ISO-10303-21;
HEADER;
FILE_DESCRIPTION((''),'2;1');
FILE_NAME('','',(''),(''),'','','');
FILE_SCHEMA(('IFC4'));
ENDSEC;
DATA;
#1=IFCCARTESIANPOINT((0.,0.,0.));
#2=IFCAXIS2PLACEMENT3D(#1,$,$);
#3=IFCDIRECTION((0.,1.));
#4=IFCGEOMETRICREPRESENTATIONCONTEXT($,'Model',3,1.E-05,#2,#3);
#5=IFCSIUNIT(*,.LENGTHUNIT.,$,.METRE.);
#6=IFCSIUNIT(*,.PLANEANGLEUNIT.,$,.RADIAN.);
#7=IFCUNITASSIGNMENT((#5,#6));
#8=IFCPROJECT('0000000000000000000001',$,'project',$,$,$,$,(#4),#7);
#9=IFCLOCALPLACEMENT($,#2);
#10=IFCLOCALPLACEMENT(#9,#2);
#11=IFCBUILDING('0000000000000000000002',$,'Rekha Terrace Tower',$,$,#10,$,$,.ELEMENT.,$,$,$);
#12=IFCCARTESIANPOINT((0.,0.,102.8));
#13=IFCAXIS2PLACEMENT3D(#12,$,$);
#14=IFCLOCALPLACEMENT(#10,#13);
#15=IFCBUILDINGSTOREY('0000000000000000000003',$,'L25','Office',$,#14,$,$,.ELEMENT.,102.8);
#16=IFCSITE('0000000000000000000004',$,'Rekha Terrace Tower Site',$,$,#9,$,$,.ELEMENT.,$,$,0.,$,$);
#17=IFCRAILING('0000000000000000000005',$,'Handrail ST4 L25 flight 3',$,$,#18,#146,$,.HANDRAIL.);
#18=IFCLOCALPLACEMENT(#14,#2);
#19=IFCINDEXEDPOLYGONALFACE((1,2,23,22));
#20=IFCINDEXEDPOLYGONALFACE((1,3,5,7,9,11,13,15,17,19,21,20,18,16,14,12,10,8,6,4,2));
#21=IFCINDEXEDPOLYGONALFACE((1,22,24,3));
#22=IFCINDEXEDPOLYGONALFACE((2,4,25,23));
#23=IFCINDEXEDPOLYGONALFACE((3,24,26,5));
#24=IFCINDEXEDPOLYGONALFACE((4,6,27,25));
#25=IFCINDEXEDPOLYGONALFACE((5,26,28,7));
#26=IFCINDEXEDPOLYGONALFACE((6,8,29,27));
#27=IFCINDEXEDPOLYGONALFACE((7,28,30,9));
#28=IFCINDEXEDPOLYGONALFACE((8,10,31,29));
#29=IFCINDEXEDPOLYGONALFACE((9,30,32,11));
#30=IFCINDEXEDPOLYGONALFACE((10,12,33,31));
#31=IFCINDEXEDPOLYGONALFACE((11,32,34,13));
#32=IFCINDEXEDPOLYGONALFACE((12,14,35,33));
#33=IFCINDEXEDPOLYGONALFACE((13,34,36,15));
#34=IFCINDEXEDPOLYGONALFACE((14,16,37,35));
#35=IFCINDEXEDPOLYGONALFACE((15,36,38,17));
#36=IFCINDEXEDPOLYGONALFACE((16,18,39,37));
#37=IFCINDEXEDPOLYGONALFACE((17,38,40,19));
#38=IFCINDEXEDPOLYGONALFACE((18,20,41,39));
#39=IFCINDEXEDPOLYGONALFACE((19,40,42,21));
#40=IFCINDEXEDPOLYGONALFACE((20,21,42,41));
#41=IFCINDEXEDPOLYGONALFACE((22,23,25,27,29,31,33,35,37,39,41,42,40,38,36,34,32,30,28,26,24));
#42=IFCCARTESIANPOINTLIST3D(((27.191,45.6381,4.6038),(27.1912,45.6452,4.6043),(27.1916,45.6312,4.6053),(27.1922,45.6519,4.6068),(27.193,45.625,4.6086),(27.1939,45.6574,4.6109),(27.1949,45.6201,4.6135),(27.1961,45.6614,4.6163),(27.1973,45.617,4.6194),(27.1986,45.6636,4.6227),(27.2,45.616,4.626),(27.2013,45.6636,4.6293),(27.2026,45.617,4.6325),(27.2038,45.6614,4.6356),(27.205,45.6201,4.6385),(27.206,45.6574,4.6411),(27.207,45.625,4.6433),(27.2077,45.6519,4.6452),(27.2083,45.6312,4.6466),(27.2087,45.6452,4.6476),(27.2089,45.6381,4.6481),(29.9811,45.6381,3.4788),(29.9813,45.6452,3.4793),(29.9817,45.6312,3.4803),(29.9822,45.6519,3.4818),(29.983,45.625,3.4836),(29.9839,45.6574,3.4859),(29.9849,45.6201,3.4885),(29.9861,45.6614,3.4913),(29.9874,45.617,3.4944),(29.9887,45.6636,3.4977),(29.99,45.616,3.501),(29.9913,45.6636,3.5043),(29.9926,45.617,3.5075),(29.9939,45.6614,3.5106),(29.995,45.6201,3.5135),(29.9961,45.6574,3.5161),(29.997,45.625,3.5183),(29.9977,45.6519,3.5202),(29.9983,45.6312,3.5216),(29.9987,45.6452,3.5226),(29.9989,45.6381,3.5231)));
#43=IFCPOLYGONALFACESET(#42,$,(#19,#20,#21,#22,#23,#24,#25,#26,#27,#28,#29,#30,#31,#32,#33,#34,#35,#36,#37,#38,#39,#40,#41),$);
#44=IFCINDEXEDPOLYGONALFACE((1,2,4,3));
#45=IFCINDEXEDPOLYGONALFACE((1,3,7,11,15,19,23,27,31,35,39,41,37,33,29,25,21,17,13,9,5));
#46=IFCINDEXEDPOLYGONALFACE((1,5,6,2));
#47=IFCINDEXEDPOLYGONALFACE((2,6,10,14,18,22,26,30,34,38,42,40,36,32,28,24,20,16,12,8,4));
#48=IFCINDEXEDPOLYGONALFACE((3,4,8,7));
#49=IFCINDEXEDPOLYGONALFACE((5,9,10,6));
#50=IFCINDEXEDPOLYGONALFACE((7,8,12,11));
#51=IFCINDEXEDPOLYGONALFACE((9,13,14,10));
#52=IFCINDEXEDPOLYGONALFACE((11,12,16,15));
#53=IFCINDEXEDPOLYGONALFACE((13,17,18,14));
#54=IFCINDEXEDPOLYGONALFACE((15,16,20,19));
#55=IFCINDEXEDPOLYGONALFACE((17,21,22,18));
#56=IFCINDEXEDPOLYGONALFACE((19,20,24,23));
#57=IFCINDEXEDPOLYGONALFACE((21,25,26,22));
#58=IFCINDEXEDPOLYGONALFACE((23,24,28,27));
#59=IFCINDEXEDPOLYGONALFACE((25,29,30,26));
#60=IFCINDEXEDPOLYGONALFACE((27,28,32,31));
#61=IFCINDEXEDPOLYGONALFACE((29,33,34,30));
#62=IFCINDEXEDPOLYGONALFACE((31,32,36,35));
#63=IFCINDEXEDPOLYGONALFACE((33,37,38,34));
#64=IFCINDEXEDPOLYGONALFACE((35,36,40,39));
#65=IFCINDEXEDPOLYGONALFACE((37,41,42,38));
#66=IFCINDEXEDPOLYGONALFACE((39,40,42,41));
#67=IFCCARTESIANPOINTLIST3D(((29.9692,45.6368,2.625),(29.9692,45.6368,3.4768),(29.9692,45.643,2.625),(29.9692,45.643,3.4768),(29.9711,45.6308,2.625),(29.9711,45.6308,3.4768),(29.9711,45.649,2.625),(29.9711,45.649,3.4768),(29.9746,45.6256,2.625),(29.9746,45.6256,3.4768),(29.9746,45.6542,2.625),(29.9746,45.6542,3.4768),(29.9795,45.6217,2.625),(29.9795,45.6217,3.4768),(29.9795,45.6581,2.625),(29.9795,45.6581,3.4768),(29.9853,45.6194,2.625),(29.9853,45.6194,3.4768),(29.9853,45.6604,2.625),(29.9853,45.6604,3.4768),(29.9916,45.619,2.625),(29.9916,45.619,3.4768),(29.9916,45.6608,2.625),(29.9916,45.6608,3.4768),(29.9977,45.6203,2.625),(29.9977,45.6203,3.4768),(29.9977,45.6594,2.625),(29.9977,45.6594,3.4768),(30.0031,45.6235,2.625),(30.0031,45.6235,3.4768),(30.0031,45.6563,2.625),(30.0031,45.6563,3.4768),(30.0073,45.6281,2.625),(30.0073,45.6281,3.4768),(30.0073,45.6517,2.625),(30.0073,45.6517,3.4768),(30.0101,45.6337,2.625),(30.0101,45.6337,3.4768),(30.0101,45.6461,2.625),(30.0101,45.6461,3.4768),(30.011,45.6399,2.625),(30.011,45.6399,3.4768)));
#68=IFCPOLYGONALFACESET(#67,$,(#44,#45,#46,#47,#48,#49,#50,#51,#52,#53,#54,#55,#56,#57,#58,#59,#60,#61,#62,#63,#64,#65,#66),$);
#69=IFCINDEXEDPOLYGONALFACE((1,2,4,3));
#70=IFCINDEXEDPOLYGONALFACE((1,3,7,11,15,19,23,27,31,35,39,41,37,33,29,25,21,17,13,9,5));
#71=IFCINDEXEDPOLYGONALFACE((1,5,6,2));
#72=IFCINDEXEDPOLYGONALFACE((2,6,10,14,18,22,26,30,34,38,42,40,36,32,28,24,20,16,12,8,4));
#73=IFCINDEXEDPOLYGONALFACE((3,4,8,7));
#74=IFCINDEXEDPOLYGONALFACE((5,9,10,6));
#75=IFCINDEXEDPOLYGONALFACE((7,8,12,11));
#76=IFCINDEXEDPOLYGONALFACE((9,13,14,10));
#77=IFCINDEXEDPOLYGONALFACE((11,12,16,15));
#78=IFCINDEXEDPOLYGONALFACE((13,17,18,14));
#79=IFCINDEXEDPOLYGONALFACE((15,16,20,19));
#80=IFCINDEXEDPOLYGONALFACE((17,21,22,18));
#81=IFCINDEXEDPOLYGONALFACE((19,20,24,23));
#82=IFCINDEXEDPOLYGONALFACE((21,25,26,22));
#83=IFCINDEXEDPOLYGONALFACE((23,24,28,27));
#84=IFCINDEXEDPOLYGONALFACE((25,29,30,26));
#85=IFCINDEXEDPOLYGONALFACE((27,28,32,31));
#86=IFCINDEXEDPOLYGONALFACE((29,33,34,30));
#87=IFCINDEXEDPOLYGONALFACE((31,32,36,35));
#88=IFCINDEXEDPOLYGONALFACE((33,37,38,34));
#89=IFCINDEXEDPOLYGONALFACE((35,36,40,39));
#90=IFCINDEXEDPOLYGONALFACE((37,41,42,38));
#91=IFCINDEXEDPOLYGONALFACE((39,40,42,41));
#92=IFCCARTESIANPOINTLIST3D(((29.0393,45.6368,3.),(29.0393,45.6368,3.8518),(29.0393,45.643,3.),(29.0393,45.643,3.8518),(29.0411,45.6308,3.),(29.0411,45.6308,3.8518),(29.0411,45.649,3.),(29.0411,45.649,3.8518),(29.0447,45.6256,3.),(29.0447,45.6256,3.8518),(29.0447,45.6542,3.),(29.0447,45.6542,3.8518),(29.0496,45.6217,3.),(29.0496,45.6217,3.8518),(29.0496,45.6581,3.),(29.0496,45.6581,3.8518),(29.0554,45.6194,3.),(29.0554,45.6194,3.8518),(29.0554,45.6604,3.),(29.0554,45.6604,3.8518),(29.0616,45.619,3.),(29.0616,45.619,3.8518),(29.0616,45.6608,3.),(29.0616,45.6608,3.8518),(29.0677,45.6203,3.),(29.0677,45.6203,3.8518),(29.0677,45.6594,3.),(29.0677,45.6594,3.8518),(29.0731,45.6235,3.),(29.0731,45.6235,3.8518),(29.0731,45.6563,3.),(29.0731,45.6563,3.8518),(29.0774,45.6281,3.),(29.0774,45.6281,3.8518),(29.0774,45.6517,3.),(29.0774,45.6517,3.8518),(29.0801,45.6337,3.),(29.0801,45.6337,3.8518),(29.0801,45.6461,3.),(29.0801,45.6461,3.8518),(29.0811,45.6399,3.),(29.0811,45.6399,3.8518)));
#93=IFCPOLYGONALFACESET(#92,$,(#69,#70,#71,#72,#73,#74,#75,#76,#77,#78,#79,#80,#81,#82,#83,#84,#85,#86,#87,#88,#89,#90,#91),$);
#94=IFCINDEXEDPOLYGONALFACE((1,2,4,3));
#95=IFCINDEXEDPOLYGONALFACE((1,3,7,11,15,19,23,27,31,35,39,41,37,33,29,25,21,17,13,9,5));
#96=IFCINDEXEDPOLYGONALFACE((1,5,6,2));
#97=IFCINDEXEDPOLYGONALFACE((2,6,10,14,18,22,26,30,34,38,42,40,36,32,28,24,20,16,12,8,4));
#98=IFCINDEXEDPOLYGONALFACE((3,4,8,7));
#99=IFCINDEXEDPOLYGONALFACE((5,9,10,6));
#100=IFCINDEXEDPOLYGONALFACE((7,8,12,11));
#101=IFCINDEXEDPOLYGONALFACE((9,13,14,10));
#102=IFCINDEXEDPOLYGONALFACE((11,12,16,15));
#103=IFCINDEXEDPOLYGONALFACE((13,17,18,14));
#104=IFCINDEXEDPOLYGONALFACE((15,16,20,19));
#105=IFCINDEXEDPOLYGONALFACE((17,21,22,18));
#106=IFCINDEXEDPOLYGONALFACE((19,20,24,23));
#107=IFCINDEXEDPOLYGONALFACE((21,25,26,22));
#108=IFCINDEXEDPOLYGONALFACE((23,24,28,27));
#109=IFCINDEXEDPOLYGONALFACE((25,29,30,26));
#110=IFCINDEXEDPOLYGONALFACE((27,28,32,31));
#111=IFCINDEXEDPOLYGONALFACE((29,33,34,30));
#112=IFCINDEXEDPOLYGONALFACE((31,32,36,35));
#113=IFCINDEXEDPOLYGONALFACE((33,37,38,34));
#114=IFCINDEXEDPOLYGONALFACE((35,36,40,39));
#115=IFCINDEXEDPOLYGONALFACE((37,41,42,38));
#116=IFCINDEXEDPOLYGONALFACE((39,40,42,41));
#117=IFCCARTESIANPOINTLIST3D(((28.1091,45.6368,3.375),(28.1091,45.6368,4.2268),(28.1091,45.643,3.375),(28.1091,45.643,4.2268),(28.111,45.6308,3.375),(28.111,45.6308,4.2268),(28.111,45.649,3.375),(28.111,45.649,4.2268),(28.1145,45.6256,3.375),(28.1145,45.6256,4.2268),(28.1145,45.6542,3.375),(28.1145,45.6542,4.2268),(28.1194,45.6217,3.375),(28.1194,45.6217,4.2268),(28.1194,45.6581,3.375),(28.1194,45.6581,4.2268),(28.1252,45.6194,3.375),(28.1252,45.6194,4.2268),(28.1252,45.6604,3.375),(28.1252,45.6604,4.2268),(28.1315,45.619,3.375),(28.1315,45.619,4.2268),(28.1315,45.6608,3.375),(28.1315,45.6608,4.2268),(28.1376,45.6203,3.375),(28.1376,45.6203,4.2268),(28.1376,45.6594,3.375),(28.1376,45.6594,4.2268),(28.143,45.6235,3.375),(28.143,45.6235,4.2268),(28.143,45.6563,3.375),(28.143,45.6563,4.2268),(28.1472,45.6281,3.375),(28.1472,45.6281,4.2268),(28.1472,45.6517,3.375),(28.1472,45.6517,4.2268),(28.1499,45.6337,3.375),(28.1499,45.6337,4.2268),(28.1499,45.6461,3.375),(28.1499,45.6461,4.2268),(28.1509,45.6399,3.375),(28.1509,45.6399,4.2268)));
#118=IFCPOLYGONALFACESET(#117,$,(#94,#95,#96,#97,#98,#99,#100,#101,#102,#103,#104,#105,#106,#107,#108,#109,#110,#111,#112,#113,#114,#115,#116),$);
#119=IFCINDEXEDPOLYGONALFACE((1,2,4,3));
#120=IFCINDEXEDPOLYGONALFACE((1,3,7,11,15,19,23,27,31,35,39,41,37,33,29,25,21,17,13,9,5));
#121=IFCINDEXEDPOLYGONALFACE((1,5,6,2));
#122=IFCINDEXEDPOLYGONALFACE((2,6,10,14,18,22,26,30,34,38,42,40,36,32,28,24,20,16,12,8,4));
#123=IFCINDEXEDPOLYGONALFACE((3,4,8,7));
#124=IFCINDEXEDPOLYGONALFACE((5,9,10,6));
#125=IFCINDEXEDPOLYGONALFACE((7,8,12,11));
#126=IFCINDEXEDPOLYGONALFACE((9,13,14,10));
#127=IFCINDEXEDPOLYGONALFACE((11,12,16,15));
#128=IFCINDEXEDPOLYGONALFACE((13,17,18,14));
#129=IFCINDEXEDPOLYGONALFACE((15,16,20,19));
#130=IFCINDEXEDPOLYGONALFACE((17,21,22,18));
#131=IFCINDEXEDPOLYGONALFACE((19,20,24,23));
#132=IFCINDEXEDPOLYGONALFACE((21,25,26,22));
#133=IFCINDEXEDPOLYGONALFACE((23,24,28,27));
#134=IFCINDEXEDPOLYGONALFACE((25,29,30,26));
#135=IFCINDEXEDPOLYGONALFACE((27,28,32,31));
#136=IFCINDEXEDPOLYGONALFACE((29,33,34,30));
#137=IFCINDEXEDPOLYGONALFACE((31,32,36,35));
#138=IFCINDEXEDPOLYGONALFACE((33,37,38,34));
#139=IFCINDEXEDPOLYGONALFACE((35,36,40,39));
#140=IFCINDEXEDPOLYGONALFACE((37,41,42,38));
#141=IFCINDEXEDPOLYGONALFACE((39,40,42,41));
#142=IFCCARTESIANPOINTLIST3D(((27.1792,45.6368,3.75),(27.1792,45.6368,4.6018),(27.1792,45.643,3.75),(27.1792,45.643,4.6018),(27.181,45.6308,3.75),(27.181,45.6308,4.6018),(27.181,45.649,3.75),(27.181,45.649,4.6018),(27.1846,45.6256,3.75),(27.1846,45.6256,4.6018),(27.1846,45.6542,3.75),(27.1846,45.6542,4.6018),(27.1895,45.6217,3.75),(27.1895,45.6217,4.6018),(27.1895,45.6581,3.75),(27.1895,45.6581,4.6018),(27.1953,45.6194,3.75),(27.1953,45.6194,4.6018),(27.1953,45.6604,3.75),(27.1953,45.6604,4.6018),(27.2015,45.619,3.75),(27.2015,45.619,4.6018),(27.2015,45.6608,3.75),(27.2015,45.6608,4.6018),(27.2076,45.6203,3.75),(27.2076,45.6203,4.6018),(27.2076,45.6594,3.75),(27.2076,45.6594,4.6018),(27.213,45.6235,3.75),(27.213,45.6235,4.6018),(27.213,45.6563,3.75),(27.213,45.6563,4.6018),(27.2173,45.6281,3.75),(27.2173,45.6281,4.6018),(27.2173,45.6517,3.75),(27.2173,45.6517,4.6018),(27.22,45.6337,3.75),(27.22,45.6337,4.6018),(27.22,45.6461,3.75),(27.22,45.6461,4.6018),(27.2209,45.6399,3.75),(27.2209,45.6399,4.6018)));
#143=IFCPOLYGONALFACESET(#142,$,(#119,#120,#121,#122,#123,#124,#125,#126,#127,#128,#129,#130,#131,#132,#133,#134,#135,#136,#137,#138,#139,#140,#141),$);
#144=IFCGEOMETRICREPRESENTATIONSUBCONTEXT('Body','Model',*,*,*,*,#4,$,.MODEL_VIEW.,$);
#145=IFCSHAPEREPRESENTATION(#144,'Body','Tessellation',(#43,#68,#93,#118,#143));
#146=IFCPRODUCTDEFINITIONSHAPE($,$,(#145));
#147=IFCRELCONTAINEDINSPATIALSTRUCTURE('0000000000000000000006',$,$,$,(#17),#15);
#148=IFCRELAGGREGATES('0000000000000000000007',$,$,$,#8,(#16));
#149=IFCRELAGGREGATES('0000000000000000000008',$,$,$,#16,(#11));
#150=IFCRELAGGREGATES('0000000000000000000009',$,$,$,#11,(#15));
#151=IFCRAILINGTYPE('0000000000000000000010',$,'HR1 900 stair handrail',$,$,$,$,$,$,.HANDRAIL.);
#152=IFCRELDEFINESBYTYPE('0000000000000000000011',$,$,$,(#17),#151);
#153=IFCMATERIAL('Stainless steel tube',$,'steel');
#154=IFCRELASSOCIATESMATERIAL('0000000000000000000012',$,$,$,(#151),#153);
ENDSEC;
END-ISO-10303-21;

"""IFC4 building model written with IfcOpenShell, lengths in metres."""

from ifc_helpers import new_model, si_unit, direction, frame, origin, origin_2d, place, context, subcontext, project, spatial, circle, extrude, material, type_object, element, save


model = new_model("IFC4")

# Units and contexts
model_context = context("Model", 3, precision=1e-05, world=origin(), true_north=direction((0.0, 1.0)))
body_context = subcontext(model_context, "Body", "Model", "MODEL_VIEW")
ifc_project = project(units=[si_unit("LENGTHUNIT", "METRE"), si_unit("PLANEANGLEUNIT", "RADIAN")], contexts=[model_context])

# Site, building, storey
site_placement = place(None, origin())
site = spatial("IfcSite", under=ifc_project, at=site_placement, Name="Rekha Terrace Tower Site", CompositionType="ELEMENT", RefElevation=0.0)
building_placement = place(site_placement, origin())
building = spatial("IfcBuilding", under=site, at=building_placement, Name="Rekha Terrace Tower", CompositionType="ELEMENT")
storey_placement = place(building_placement, frame((0.0, 0.0, 102.8)))
storey = spatial("IfcBuildingStorey", under=building, at=storey_placement, Name="L25", Description="Office", CompositionType="ELEMENT", Elevation=102.8)

# Railing
ifc_material_1 = material(Name="Stainless steel tube", Category="steel")
railing_type_1 = type_object("IfcRailingType", Name="HR1 900 stair handrail", PredefinedType="HANDRAIL", material=ifc_material_1)
railing_1_placement = place(storey_placement, frame((29.99, 45.6399, 2.625)))
element("IfcRailing", 1, at=railing_1_placement, inside=storey, type_object=railing_type_1, Name="Handrail ST4 L25 flight 3", PredefinedType="HANDRAIL", context=body_context, shape_type="SweptSolid", body=[
    extrude(circle(Radius=0.0239, at=origin_2d()), frame((0.0, 0.0, 0.876), z_axis=(-0.927443, 0.0, 0.373964), x_axis=(0.0, -1.0, 0.0)), (0.0, 0.0, 1.0), 3.0083),
    extrude(circle(Radius=0.021, at=origin_2d()), origin(), (0.0, 0.0, 1.0), 0.8518),
    extrude(circle(Radius=0.021, at=origin_2d()), frame((-0.9299, 0.0, 0.375)), (0.0, 0.0, 1.0), 0.8518),
    extrude(circle(Radius=0.021, at=origin_2d()), frame((-1.8601, 0.0, 0.75)), (0.0, 0.0, 1.0), 0.8518),
    extrude(circle(Radius=0.021, at=origin_2d()), frame((-2.79, 0.0, 1.125)), (0.0, 0.0, 1.0), 0.8518),
])

save(model, "model.ifc")
